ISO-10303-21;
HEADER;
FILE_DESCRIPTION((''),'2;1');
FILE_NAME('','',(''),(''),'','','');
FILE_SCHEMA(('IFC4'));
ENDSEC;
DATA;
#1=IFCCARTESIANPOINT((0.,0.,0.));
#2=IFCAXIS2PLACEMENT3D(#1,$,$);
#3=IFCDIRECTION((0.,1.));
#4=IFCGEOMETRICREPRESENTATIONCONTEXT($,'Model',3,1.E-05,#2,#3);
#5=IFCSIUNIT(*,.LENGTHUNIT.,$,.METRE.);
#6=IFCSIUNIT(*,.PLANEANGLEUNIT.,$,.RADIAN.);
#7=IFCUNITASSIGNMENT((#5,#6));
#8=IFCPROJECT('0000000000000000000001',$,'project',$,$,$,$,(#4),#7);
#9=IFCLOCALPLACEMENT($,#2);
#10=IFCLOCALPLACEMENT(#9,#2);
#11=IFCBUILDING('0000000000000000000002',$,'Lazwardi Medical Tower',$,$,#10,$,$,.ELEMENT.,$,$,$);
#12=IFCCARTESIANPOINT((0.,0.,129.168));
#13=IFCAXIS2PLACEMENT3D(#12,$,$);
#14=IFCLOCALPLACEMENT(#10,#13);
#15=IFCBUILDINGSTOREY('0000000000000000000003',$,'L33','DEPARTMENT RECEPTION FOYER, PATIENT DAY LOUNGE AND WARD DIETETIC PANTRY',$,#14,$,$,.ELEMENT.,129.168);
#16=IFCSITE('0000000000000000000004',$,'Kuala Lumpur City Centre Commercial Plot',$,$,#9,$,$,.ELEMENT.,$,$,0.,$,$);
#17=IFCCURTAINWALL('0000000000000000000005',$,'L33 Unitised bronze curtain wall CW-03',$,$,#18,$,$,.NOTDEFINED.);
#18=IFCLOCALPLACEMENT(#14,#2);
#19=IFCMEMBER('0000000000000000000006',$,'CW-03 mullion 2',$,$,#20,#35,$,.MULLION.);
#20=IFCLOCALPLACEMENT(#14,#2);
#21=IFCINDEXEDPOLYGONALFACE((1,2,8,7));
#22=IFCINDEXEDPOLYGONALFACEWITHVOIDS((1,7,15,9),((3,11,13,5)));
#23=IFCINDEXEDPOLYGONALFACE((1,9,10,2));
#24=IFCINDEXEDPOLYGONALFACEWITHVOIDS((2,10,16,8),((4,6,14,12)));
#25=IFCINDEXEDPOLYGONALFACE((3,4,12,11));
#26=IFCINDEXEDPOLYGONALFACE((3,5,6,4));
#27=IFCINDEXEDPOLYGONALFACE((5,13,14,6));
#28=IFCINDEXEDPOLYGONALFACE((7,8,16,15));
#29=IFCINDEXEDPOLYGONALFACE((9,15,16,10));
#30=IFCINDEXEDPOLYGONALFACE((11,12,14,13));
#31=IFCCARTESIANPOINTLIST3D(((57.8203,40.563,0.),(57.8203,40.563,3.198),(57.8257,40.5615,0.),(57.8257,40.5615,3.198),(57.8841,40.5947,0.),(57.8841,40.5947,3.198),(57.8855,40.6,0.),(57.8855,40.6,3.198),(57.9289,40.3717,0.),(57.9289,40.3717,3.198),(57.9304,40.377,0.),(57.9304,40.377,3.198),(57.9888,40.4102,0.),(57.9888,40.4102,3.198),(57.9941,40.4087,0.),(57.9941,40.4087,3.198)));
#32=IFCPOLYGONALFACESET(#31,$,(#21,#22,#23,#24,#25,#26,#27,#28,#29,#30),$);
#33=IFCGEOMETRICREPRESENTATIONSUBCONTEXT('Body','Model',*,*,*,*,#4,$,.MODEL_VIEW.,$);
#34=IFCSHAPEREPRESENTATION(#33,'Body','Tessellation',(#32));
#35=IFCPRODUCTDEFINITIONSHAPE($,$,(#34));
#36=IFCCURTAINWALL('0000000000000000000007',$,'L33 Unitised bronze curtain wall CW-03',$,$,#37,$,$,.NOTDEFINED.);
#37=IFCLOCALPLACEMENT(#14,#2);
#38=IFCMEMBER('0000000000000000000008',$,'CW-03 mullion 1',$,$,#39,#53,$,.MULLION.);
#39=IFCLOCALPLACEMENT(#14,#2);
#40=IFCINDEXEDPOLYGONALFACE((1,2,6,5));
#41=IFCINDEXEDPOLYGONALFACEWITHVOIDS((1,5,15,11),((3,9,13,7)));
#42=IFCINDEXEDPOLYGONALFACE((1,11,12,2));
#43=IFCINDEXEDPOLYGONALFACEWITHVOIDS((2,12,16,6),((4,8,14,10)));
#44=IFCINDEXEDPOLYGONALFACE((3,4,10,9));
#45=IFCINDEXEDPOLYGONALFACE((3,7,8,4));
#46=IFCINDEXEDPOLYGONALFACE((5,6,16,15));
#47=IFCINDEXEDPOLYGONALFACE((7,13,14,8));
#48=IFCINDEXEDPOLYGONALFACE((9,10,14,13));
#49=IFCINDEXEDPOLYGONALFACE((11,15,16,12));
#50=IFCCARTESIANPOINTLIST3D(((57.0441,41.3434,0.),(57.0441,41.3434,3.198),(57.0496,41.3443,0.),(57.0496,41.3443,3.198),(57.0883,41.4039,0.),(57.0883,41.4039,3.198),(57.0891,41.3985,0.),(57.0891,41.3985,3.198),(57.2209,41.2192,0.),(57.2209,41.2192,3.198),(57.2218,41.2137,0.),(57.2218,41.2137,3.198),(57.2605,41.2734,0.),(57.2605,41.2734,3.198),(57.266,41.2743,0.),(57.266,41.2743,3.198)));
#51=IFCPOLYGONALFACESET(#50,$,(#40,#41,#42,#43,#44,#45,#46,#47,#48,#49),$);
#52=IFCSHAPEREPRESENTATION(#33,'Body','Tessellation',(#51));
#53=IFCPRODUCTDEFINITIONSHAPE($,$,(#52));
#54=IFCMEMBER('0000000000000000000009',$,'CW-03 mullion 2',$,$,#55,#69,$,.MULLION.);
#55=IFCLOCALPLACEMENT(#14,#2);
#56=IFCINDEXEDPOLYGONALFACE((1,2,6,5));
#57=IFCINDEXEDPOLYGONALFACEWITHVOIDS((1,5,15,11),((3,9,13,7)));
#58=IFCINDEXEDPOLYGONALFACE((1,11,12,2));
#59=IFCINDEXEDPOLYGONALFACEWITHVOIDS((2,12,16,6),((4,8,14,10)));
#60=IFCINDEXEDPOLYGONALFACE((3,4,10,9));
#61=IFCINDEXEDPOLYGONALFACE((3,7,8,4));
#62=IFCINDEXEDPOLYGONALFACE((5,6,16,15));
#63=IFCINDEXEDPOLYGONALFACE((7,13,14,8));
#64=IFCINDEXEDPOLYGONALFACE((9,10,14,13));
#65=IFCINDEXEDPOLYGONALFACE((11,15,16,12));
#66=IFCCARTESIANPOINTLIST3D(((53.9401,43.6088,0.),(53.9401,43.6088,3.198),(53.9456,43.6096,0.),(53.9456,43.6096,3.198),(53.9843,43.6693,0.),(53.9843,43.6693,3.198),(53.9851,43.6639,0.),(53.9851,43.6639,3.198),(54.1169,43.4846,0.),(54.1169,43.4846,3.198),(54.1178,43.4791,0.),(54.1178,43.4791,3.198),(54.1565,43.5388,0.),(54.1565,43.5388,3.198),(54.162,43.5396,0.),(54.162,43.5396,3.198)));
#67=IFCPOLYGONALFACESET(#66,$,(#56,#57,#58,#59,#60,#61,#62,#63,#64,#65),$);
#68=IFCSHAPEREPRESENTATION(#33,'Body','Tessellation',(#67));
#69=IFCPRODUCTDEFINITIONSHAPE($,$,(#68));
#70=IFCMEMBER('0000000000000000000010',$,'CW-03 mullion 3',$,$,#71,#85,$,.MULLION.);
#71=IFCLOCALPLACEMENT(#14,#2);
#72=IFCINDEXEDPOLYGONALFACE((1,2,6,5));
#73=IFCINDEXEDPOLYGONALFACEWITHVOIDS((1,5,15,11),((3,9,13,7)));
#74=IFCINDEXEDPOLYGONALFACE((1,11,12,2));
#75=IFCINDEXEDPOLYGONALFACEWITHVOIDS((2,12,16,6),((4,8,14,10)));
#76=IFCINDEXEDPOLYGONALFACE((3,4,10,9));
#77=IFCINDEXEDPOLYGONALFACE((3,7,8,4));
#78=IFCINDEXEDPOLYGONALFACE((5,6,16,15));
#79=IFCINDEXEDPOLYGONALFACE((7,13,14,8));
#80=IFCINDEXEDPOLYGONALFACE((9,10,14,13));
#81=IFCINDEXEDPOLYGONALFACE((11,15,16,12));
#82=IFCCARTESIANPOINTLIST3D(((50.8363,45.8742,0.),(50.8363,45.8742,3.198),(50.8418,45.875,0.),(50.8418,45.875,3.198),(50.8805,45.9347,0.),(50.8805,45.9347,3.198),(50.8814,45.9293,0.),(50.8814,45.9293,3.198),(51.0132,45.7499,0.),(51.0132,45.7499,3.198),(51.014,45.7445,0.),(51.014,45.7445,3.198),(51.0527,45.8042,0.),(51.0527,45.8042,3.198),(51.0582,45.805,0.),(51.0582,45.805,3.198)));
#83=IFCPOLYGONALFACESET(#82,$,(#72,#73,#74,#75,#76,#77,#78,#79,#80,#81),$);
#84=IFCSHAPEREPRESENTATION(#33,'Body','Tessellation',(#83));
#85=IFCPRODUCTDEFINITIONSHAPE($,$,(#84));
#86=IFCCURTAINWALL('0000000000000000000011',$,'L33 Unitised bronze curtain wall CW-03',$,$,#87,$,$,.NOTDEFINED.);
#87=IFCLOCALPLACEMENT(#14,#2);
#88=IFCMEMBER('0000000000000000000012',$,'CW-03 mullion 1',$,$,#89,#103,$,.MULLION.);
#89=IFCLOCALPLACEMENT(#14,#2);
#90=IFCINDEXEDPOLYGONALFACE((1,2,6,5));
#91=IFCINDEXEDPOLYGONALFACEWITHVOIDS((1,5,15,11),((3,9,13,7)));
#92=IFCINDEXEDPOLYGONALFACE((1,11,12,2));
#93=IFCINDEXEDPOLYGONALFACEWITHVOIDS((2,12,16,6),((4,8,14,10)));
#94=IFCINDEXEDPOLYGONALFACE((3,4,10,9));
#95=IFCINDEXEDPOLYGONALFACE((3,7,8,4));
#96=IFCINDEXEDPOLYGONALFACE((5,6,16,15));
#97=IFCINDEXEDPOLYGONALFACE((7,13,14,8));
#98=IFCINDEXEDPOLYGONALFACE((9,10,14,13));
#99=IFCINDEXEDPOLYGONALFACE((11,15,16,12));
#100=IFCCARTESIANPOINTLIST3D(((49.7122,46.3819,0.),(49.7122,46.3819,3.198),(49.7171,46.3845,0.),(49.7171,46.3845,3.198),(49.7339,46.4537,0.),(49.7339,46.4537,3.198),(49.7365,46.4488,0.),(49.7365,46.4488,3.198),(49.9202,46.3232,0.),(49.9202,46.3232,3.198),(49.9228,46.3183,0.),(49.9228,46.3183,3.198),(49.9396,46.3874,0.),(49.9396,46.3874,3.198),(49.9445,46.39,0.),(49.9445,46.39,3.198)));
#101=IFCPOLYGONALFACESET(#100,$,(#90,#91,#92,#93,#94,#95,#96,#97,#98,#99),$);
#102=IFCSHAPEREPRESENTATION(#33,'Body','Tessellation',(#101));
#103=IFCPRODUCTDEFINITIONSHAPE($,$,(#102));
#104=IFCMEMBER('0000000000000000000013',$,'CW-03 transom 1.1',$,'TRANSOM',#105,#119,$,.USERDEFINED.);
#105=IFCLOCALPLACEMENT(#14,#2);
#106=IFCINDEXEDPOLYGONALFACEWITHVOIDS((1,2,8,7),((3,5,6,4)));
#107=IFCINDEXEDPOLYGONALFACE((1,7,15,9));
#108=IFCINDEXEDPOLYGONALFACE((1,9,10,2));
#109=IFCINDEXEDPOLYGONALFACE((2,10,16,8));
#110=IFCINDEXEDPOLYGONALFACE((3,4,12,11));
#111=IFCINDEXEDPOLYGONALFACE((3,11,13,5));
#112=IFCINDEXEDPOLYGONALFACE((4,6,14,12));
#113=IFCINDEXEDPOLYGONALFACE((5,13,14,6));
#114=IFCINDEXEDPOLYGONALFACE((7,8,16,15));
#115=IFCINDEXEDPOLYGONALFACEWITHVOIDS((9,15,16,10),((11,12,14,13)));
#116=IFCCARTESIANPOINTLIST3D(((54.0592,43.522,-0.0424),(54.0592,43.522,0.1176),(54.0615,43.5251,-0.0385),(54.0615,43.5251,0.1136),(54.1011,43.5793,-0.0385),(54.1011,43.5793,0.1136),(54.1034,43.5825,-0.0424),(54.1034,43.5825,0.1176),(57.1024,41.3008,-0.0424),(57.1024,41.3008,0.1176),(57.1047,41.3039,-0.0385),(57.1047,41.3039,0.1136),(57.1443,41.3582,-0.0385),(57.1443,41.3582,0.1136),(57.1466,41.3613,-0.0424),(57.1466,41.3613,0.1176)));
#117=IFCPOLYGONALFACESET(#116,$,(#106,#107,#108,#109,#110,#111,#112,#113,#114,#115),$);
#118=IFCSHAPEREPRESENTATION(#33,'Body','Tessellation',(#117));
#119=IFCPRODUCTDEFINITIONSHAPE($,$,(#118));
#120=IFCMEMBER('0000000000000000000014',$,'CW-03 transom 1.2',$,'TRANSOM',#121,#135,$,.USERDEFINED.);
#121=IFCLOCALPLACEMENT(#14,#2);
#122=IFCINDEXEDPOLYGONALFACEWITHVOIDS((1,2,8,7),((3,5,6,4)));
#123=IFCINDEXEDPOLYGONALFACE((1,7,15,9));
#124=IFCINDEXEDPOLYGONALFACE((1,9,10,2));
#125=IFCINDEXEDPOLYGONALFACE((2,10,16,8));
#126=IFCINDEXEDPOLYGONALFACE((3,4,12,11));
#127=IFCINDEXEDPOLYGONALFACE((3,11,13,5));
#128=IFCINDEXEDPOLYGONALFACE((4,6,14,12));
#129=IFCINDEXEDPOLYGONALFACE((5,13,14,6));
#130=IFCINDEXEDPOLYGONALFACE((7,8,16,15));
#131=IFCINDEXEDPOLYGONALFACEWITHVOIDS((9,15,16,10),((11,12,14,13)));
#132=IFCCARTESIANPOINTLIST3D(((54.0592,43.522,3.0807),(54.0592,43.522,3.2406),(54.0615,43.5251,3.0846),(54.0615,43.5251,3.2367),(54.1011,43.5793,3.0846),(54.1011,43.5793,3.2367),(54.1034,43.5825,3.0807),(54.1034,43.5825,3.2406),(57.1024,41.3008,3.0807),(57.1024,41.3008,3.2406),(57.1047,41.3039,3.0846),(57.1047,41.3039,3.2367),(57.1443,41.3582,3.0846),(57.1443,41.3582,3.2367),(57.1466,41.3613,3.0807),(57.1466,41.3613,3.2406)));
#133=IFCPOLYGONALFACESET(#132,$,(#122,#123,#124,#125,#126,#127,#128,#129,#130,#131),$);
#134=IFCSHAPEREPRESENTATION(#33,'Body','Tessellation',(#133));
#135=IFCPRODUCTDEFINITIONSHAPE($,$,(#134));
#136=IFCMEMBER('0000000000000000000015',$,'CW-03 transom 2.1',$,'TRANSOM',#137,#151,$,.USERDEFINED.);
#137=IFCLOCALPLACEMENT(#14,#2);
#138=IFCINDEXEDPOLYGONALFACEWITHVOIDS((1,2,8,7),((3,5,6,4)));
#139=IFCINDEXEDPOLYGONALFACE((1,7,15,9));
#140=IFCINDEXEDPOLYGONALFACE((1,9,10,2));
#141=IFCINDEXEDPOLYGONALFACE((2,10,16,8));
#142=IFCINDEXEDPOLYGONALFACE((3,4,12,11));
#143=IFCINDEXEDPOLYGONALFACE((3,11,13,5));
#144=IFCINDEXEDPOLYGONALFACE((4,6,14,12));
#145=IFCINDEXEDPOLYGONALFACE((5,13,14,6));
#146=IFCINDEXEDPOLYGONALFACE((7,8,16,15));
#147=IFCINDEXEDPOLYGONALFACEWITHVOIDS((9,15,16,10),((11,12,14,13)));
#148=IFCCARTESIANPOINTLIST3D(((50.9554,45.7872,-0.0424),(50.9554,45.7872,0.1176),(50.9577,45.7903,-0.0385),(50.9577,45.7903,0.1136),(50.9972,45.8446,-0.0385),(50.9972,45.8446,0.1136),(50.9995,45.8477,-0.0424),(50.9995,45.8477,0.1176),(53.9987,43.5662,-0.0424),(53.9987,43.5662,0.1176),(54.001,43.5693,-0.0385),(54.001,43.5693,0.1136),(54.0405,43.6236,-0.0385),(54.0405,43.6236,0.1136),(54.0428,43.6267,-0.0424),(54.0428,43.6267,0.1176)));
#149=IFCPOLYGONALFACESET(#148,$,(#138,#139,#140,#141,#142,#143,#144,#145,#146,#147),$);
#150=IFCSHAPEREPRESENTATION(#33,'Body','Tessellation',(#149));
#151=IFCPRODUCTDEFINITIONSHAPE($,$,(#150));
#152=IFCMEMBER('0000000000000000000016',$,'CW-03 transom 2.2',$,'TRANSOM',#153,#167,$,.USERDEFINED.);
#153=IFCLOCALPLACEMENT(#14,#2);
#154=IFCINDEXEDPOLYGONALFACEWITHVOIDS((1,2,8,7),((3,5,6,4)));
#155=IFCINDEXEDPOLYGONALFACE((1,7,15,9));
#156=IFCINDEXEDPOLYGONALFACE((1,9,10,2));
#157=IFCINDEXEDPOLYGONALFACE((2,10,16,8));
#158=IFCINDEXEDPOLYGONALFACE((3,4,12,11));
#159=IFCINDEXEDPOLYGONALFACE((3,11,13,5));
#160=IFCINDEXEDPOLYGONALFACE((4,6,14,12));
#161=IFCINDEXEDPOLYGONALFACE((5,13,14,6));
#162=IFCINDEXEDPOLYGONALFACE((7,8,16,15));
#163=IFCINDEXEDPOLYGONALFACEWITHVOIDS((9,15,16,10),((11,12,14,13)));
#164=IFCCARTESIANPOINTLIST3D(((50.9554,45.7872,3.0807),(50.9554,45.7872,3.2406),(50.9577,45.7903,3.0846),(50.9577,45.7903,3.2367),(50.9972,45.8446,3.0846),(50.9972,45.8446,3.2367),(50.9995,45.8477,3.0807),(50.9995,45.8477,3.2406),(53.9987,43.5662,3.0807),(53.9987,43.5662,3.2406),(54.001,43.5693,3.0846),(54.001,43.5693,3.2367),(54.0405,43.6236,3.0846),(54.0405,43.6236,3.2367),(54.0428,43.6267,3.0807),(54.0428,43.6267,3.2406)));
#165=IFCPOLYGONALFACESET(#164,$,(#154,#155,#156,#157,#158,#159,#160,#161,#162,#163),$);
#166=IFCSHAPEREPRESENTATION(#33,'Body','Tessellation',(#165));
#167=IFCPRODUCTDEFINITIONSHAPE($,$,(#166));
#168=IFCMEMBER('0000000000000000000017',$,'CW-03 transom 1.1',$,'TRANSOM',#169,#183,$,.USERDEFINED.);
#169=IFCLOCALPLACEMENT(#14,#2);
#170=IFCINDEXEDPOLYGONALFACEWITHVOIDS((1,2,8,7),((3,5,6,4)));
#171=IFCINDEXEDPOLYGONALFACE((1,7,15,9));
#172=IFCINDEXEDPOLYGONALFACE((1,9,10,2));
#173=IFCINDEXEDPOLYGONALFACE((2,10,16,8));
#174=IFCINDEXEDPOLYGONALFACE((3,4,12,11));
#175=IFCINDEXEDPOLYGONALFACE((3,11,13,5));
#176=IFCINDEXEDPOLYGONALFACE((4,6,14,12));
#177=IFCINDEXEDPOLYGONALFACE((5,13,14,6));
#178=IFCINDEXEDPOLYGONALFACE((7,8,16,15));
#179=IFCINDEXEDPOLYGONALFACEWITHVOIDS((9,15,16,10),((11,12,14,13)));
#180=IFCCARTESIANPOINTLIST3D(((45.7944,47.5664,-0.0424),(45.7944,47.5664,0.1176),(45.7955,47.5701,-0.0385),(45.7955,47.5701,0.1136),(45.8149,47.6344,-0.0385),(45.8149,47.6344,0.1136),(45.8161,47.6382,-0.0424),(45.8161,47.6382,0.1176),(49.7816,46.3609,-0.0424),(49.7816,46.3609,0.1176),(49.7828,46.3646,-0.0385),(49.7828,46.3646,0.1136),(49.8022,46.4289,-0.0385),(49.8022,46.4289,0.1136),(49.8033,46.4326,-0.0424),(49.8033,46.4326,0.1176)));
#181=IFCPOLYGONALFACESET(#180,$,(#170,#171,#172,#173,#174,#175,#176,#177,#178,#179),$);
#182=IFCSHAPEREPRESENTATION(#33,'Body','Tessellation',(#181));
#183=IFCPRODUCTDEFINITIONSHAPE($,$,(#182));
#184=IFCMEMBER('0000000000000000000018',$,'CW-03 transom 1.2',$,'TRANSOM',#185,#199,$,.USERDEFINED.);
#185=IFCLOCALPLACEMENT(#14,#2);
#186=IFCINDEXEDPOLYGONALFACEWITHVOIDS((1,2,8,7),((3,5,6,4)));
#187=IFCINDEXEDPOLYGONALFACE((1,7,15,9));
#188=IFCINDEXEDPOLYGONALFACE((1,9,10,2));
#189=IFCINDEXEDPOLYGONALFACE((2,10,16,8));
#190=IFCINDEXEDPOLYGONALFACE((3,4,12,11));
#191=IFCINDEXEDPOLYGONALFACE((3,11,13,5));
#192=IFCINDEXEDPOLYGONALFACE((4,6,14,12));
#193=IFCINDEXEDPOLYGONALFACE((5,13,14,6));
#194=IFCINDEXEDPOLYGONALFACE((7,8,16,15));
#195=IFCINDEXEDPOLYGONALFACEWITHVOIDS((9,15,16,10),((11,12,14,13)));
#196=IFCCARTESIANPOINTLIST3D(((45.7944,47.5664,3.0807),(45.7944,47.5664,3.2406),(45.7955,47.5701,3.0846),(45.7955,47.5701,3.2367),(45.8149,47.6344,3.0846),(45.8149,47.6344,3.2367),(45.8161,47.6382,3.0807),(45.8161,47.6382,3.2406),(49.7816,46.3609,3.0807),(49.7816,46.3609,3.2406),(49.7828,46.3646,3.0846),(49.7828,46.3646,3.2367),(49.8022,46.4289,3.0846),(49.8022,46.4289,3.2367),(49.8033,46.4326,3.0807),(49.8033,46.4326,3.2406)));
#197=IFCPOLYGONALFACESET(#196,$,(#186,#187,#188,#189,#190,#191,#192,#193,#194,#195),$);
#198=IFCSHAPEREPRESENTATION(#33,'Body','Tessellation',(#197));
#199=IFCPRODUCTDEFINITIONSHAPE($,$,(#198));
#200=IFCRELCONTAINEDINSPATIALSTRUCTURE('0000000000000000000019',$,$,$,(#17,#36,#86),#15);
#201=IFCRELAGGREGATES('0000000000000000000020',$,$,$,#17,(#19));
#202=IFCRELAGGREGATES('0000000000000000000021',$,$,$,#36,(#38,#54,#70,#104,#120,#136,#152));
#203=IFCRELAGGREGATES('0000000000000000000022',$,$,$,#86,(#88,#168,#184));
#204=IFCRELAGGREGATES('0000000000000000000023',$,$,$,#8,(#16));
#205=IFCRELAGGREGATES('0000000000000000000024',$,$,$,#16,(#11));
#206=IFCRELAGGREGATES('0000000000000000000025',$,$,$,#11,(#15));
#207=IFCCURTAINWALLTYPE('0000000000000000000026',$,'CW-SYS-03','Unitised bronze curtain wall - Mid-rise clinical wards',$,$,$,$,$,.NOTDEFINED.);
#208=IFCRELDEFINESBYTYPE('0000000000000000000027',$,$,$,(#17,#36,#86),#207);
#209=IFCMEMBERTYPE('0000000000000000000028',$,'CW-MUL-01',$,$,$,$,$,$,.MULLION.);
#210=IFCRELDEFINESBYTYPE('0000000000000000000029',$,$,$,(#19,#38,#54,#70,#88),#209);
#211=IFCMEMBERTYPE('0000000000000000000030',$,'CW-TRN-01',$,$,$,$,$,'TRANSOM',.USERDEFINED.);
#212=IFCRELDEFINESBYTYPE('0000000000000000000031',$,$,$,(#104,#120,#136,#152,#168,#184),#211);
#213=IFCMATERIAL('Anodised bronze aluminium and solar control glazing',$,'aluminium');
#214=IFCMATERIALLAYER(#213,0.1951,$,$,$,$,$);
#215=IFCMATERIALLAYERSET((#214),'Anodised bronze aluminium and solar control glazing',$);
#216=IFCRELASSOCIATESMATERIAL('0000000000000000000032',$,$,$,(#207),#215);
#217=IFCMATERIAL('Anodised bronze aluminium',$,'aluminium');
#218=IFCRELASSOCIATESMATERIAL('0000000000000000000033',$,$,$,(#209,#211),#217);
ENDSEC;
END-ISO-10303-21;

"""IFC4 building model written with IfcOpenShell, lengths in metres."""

from ifc_helpers import new_model, si_unit, direction, frame, origin, origin_2d, place, context, subcontext, project, spatial, hollow_rectangle, extrude, material, layer, layer_set, material_profile, profile_set, type_object, element, aggregate, save


model = new_model("IFC4")

# Units and contexts
model_context = context("Model", 3, precision=1e-05, world=origin(), true_north=direction((0.0, 1.0)))
body_context = subcontext(model_context, "Body", "Model", "MODEL_VIEW")
ifc_project = project(units=[si_unit("LENGTHUNIT", "METRE"), si_unit("PLANEANGLEUNIT", "RADIAN")], contexts=[model_context])

# Site, building, storey
site_placement = place(None, origin())
site = spatial("IfcSite", under=ifc_project, at=site_placement, Name="Kuala Lumpur City Centre Commercial Plot", CompositionType="ELEMENT", RefElevation=0.0)
building_placement = place(site_placement, origin())
building = spatial("IfcBuilding", under=site, at=building_placement, Name="Lazwardi Medical Tower", CompositionType="ELEMENT")
storey_placement = place(building_placement, frame((0.0, 0.0, 129.168)))
storey = spatial("IfcBuildingStorey", under=building, at=storey_placement, Name="L33", Description="DEPARTMENT RECEPTION FOYER, PATIENT DAY LOUNGE AND WARD DIETETIC PANTRY", CompositionType="ELEMENT", Elevation=129.168)

# Curtain wall, member
ifc_material_1 = material(Name="Anodised bronze aluminium and solar control glazing", Category="aluminium")
ifc_layer_1 = layer(ifc_material_1, 0.1951)
ifc_layer_set_1 = layer_set([ifc_layer_1], Name="Anodised bronze aluminium and solar control glazing")
curtain_wall_type = type_object("IfcCurtainWallType", Name="CW-SYS-03", Description="Unitised bronze curtain wall - Mid-rise clinical wards", PredefinedType="NOTDEFINED", material=ifc_layer_set_1)
curtain_wall_1_placement = place(storey_placement, origin())
curtain_wall_1 = element("IfcCurtainWall", 1, at=curtain_wall_1_placement, inside=storey, type_object=curtain_wall_type, Name="L33 Unitised bronze curtain wall CW-03", PredefinedType="NOTDEFINED")
ifc_material_2 = material(Name="Anodised bronze aluminium", Category="aluminium")
ifc_material_profile_1 = material_profile(ifc_material_2, hollow_rectangle(XDim=0.075, YDim=0.22, WallThickness=0.0039, at=origin_2d()), Name="ALU-MULLION 220x75x4")
ifc_profile_set_1 = profile_set([ifc_material_profile_1], Name="Anodised bronze aluminium")
member_type_1 = type_object("IfcMemberType", Name="CW-MUL-01", PredefinedType="MULLION", material=ifc_profile_set_1)
member_1_placement = place(storey_placement, frame((57.9072, 40.4858, 0.0), z_axis=(0.0, 0.0, 1.0), x_axis=(-0.869687, -0.493603, 0.0)))
member_1 = element("IfcMember", 2, at=member_1_placement, type_object=member_type_1, Name="CW-03 mullion 2", PredefinedType="MULLION", context=body_context, shape_type="SweptSolid", body=[
    extrude(hollow_rectangle(XDim=0.075, YDim=0.22, WallThickness=0.0039, at=origin_2d()), origin(), (0.0, 0.0, 1.0), 3.198),
])
aggregate(curtain_wall_1, [member_1])

# Curtain wall, members
curtain_wall_2_placement = place(storey_placement, origin())
curtain_wall_2 = element("IfcCurtainWall", 3, at=curtain_wall_2_placement, inside=storey, type_object=curtain_wall_type, Name="L33 Unitised bronze curtain wall CW-03", PredefinedType="NOTDEFINED")
member_2_placement = place(storey_placement, frame((57.155, 41.3088, 0.0), z_axis=(0.0, 0.0, 1.0), x_axis=(-0.589531, -0.807746, 0.0)))
member_2 = element("IfcMember", 4, at=member_2_placement, type_object=member_type_1, Name="CW-03 mullion 1", PredefinedType="MULLION", context=body_context, shape_type="SweptSolid", body=[
    extrude(hollow_rectangle(XDim=0.075, YDim=0.22, WallThickness=0.0039, at=origin_2d()), origin(), (0.0, 0.0, 1.0), 3.198),
])
member_3_placement = place(storey_placement, frame((54.051, 43.5742, 0.0), z_axis=(0.0, 0.0, 1.0), x_axis=(-0.589531, -0.807746, 0.0)))
member_3 = element("IfcMember", 5, at=member_3_placement, type_object=member_type_1, Name="CW-03 mullion 2", PredefinedType="MULLION", context=body_context, shape_type="SweptSolid", body=[
    extrude(hollow_rectangle(XDim=0.075, YDim=0.22, WallThickness=0.0039, at=origin_2d()), origin(), (0.0, 0.0, 1.0), 3.198),
])
member_4_placement = place(storey_placement, frame((50.9473, 45.8396, 0.0), z_axis=(0.0, 0.0, 1.0), x_axis=(-0.589531, -0.807746, 0.0)))
member_4 = element("IfcMember", 6, at=member_4_placement, type_object=member_type_1, Name="CW-03 mullion 3", PredefinedType="MULLION", context=body_context, shape_type="SweptSolid", body=[
    extrude(hollow_rectangle(XDim=0.075, YDim=0.22, WallThickness=0.0039, at=origin_2d()), origin(), (0.0, 0.0, 1.0), 3.198),
])

# Curtain wall, member
curtain_wall_3_placement = place(storey_placement, origin())
curtain_wall_3 = element("IfcCurtainWall", 7, at=curtain_wall_3_placement, inside=storey, type_object=curtain_wall_type, Name="L33 Unitised bronze curtain wall CW-03", PredefinedType="NOTDEFINED")
member_5_placement = place(storey_placement, frame((49.8284, 46.386, 0.0), z_axis=(0.0, 0.0, 1.0), x_axis=(-0.289374, -0.957216, 0.0)))
member_5 = element("IfcMember", 8, at=member_5_placement, type_object=member_type_1, Name="CW-03 mullion 1", PredefinedType="MULLION", context=body_context, shape_type="SweptSolid", body=[
    extrude(hollow_rectangle(XDim=0.075, YDim=0.22, WallThickness=0.0039, at=origin_2d()), origin(), (0.0, 0.0, 1.0), 3.198),
])

# Members
ifc_material_profile_2 = material_profile(ifc_material_2, hollow_rectangle(XDim=0.075, YDim=0.1599, WallThickness=0.0039, at=origin_2d()), Name="ALU-TRANSOM 160x75x4")
ifc_profile_set_2 = profile_set([ifc_material_profile_2], Name="Anodised bronze aluminium")
member_type_2 = type_object("IfcMemberType", Name="CW-TRN-01", ElementType="TRANSOM", PredefinedType="USERDEFINED", material=ifc_profile_set_2)
member_6_placement = place(storey_placement, frame((57.1245, 41.3311, 0.0376), z_axis=(-0.807732, 0.58955, 0.0), x_axis=(-0.58955, -0.807732, 0.0)))
member_6 = element("IfcMember", 9, at=member_6_placement, type_object=member_type_2, Name="CW-03 transom 1.1", ObjectType="TRANSOM", PredefinedType="USERDEFINED", context=body_context, shape_type="SweptSolid", body=[
    extrude(hollow_rectangle(XDim=0.075, YDim=0.1599, WallThickness=0.0039, at=origin_2d()), origin(), (0.0, 0.0, 1.0), 3.7676),
])
member_7_placement = place(storey_placement, frame((57.1245, 41.3311, 3.1606), z_axis=(-0.807732, 0.58955, 0.0), x_axis=(-0.58955, -0.807732, 0.0)))
member_7 = element("IfcMember", 10, at=member_7_placement, type_object=member_type_2, Name="CW-03 transom 1.2", ObjectType="TRANSOM", PredefinedType="USERDEFINED", context=body_context, shape_type="SweptSolid", body=[
    extrude(hollow_rectangle(XDim=0.075, YDim=0.1599, WallThickness=0.0039, at=origin_2d()), origin(), (0.0, 0.0, 1.0), 3.7676),
])
member_8_placement = place(storey_placement, frame((54.0208, 43.5964, 0.0376), z_axis=(-0.807763, 0.589508, 0.0), x_axis=(-0.589508, -0.807763, 0.0)))
member_8 = element("IfcMember", 11, at=member_8_placement, type_object=member_type_2, Name="CW-03 transom 2.1", ObjectType="TRANSOM", PredefinedType="USERDEFINED", context=body_context, shape_type="SweptSolid", body=[
    extrude(hollow_rectangle(XDim=0.075, YDim=0.1599, WallThickness=0.0039, at=origin_2d()), origin(), (0.0, 0.0, 1.0), 3.7676),
])
member_9_placement = place(storey_placement, frame((54.0208, 43.5964, 3.1606), z_axis=(-0.807763, 0.589508, 0.0), x_axis=(-0.589508, -0.807763, 0.0)))
member_9 = element("IfcMember", 12, at=member_9_placement, type_object=member_type_2, Name="CW-03 transom 2.2", ObjectType="TRANSOM", PredefinedType="USERDEFINED", context=body_context, shape_type="SweptSolid", body=[
    extrude(hollow_rectangle(XDim=0.075, YDim=0.1599, WallThickness=0.0039, at=origin_2d()), origin(), (0.0, 0.0, 1.0), 3.7676),
])
member_10_placement = place(storey_placement, frame((49.7925, 46.3967, 0.0376), z_axis=(-0.957205, 0.289412, 0.0), x_axis=(-0.289412, -0.957205, 0.0)))
member_10 = element("IfcMember", 13, at=member_10_placement, type_object=member_type_2, Name="CW-03 transom 1.1", ObjectType="TRANSOM", PredefinedType="USERDEFINED", context=body_context, shape_type="SweptSolid", body=[
    extrude(hollow_rectangle(XDim=0.075, YDim=0.1599, WallThickness=0.0039, at=origin_2d()), origin(), (0.0, 0.0, 1.0), 4.1655),
])
member_11_placement = place(storey_placement, frame((49.7925, 46.3967, 3.1606), z_axis=(-0.957205, 0.289412, 0.0), x_axis=(-0.289412, -0.957205, 0.0)))
member_11 = element("IfcMember", 14, at=member_11_placement, type_object=member_type_2, Name="CW-03 transom 1.2", ObjectType="TRANSOM", PredefinedType="USERDEFINED", context=body_context, shape_type="SweptSolid", body=[
    extrude(hollow_rectangle(XDim=0.075, YDim=0.1599, WallThickness=0.0039, at=origin_2d()), origin(), (0.0, 0.0, 1.0), 4.1655),
])

aggregate(curtain_wall_2, [member_2, member_3, member_4, member_6, member_7, member_8, member_9])
aggregate(curtain_wall_3, [member_5, member_10, member_11])

save(model, "model.ifc")
